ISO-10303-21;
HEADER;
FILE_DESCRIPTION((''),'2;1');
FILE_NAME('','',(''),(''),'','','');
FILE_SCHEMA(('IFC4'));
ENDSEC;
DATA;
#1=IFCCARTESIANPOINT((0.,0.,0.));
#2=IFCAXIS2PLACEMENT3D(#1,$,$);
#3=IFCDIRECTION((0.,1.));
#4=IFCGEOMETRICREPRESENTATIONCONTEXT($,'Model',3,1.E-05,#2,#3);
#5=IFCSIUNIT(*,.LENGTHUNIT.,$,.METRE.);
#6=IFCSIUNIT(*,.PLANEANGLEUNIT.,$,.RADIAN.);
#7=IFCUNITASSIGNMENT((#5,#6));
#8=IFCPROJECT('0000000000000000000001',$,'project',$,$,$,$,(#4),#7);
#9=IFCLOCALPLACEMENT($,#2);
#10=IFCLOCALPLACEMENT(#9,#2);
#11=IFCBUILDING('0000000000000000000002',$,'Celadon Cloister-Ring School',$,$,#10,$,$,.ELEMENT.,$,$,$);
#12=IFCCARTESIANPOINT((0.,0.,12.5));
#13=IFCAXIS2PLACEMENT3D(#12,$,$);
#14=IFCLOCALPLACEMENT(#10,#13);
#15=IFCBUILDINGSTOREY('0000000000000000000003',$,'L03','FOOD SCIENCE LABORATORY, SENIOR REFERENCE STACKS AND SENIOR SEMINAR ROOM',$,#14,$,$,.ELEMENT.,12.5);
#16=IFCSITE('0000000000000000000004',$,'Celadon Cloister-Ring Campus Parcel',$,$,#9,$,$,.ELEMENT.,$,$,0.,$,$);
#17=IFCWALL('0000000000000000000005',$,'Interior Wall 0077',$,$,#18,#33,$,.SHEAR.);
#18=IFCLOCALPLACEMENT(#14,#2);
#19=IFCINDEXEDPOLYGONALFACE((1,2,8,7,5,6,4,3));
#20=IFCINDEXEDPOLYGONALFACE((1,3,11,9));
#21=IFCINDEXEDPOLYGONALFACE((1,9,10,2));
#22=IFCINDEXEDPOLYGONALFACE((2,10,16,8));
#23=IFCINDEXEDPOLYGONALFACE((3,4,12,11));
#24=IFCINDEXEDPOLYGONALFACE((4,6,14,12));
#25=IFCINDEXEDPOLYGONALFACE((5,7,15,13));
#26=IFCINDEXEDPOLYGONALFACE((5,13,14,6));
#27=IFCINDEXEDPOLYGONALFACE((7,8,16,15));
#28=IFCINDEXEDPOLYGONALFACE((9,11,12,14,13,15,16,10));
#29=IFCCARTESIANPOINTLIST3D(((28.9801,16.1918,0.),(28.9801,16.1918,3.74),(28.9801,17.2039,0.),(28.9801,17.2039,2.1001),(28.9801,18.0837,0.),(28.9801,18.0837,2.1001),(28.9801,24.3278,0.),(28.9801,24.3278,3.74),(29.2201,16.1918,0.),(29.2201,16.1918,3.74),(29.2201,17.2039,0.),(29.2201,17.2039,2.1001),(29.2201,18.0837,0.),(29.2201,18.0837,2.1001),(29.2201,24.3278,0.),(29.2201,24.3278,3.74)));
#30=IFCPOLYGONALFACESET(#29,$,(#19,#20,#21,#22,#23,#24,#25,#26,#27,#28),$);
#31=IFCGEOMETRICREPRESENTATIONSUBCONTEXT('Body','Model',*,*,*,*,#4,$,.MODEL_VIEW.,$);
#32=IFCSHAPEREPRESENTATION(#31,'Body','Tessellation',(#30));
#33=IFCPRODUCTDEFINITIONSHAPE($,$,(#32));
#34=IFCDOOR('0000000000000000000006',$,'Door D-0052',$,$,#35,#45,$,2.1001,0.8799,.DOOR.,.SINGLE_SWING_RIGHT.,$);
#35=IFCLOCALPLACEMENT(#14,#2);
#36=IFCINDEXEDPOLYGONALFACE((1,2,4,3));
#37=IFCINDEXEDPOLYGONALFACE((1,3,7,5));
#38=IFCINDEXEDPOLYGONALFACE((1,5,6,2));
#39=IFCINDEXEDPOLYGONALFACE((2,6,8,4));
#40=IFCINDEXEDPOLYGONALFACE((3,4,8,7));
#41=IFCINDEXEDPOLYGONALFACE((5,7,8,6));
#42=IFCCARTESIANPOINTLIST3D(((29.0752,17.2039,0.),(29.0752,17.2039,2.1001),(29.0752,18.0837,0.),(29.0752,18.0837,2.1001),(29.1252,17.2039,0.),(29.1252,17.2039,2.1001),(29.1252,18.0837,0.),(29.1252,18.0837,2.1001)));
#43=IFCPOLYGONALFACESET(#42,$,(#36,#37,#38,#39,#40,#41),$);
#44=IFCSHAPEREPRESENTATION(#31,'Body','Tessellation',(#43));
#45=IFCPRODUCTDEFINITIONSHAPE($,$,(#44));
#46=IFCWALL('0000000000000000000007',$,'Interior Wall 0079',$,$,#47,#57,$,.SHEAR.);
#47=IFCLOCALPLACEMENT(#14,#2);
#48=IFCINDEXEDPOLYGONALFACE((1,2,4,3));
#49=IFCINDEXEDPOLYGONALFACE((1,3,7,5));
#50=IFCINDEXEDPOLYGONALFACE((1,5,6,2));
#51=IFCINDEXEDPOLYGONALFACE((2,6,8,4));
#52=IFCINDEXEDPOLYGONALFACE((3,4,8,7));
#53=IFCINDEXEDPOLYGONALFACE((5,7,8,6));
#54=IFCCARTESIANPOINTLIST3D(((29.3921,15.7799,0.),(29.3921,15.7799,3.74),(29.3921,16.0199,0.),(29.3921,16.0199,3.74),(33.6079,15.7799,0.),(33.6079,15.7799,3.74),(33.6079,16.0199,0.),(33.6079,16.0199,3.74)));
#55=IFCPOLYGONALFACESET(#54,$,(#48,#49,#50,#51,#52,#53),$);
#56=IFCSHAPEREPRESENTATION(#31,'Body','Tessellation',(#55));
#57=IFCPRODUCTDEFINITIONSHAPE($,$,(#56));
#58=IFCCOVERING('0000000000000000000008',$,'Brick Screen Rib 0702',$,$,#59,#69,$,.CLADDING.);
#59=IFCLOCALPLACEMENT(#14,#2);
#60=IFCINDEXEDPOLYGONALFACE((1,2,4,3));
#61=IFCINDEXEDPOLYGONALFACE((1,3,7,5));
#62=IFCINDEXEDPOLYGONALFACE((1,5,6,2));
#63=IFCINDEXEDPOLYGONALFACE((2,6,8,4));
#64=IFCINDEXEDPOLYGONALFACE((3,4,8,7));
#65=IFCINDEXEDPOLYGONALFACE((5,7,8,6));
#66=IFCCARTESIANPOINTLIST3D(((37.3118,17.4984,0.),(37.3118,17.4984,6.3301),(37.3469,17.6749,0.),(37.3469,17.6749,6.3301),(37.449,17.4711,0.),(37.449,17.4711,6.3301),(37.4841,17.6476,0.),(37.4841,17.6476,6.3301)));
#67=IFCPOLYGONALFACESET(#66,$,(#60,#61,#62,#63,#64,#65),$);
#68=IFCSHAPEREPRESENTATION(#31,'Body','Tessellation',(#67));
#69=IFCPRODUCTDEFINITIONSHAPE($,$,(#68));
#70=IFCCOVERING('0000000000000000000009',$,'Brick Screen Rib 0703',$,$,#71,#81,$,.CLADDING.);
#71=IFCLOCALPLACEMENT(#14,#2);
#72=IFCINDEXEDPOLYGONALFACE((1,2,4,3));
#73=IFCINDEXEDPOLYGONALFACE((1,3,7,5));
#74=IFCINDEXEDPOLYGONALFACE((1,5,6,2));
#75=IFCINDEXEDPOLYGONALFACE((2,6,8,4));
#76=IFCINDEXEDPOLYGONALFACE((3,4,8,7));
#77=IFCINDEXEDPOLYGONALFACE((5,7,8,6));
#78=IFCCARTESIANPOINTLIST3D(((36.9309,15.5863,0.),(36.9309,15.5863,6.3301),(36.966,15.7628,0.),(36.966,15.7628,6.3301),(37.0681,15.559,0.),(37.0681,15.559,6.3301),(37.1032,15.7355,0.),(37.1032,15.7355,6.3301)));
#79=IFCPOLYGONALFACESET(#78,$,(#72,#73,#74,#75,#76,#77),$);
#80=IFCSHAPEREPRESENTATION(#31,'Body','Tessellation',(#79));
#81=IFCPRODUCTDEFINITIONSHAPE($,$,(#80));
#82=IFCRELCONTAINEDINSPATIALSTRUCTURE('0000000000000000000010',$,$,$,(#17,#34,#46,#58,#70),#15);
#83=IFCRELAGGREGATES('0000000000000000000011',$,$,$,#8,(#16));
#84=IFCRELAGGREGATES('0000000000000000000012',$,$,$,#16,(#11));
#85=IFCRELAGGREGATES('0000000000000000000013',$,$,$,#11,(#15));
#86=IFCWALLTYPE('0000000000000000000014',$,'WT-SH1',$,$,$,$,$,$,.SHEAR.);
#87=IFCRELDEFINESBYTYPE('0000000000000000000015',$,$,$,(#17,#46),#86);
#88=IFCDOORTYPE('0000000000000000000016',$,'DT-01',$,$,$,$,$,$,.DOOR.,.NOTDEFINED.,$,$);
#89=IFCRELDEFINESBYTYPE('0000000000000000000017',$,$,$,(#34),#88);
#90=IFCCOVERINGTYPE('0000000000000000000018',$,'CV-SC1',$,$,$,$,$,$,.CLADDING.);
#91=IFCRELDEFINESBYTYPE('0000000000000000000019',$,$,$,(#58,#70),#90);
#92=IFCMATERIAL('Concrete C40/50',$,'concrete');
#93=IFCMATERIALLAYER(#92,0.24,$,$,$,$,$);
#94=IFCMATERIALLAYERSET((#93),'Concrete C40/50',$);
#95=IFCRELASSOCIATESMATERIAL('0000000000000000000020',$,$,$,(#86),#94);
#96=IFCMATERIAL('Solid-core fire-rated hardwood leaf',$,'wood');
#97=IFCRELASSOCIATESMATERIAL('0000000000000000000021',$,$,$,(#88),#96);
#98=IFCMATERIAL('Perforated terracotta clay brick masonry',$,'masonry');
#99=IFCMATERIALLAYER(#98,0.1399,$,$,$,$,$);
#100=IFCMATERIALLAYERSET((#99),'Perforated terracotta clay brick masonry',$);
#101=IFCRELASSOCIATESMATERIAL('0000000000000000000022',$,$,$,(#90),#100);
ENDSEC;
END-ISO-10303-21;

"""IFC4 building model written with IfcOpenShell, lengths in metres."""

from ifc_helpers import new_model, si_unit, direction, frame, frame_2d, origin, origin_2d, place, context, subcontext, project, spatial, rectangle, extrude, material, layer, layer_set, type_object, element, fill, save


model = new_model("IFC4")

# Units and contexts
model_context = context("Model", 3, precision=1e-05, world=origin(), true_north=direction((0.0, 1.0)))
body_context = subcontext(model_context, "Body", "Model", "MODEL_VIEW")
ifc_project = project(units=[si_unit("LENGTHUNIT", "METRE"), si_unit("PLANEANGLEUNIT", "RADIAN")], contexts=[model_context])

# Site, building, storey
site_placement = place(None, origin())
site = spatial("IfcSite", under=ifc_project, at=site_placement, Name="Celadon Cloister-Ring Campus Parcel", CompositionType="ELEMENT", RefElevation=0.0)
building_placement = place(site_placement, origin())
building = spatial("IfcBuilding", under=site, at=building_placement, Name="Celadon Cloister-Ring School", CompositionType="ELEMENT")
storey_placement = place(building_placement, frame((0.0, 0.0, 12.5)))
storey = spatial("IfcBuildingStorey", under=building, at=storey_placement, Name="L03", Description="FOOD SCIENCE LABORATORY, SENIOR REFERENCE STACKS AND SENIOR SEMINAR ROOM", CompositionType="ELEMENT", Elevation=12.5)

# Wall, opening, door
ifc_material_1 = material(Name="Concrete C40/50", Category="concrete")
ifc_layer_1 = layer(ifc_material_1, 0.24)
ifc_layer_set_1 = layer_set([ifc_layer_1], Name="Concrete C40/50")
wall_type_1 = type_object("IfcWallType", Name="WT-SH1", PredefinedType="SHEAR", material=ifc_layer_set_1)
wall_1_placement = place(storey_placement, frame((29.1001, 16.1919, 0.0), z_axis=(0.0, 0.0, 1.0), x_axis=(0.0, 1.0, 0.0)))
wall_1 = element("IfcWall", 1, at=wall_1_placement, inside=storey, type_object=wall_type_1, Name="Interior Wall 0077", PredefinedType="SHEAR", context=body_context, shape_type="SweptSolid", body=[
    extrude(rectangle(XDim=8.136, YDim=0.24, at=frame_2d((4.0679, 0.0))), origin(), (0.0, 0.0, 1.0), 3.74),
])
opening_1_placement = place(wall_1_placement, frame((1.012, 0.0, 0.0)))
opening_1 = element("IfcOpeningElement", 2, at=opening_1_placement, cuts=wall_1, PredefinedType="OPENING", context=body_context, shape_type="SweptSolid", body=[
    extrude(rectangle(XDim=0.8799, YDim=2.1001, at=frame_2d((0.4399, 1.05))), frame((0.0, 0.1299, 0.0), z_axis=(0.0, -1.0, 0.0), x_axis=(1.0, 0.0, 0.0)), (0.0, 0.0, 1.0), 0.26),
])
ifc_material_2 = material(Name="Solid-core fire-rated hardwood leaf", Category="wood")
door_type = type_object("IfcDoorType", Name="DT-01", OperationType="NOTDEFINED", PredefinedType="DOOR", material=ifc_material_2)
door_placement = place(opening_1_placement, origin())
door = element("IfcDoor", 3, at=door_placement, inside=storey, type_object=door_type, Name="Door D-0052", OperationType="SINGLE_SWING_RIGHT", OverallHeight=2.1001, OverallWidth=0.8799, PredefinedType="DOOR", context=body_context, shape_type="SweptSolid", body=[
    extrude(rectangle(XDim=0.8799, YDim=2.1001, at=frame_2d((0.4399, 1.05))), frame((0.0, 0.0249, 0.0), z_axis=(0.0, -1.0, 0.0), x_axis=(1.0, 0.0, 0.0)), (0.0, 0.0, 1.0), 0.05),
])
fill(opening_1, door)

# Wall
wall_2_placement = place(storey_placement, frame((33.6079, 15.8999, 0.0), z_axis=(0.0, 0.0, 1.0), x_axis=(-1.0, 0.0, 0.0)))
element("IfcWall", 4, at=wall_2_placement, inside=storey, type_object=wall_type_1, Name="Interior Wall 0079", PredefinedType="SHEAR", context=body_context, shape_type="SweptSolid", body=[
    extrude(rectangle(XDim=4.2158, YDim=0.24, at=frame_2d((2.1079, 0.0))), origin(), (0.0, 0.0, 1.0), 3.74),
])

# Coverings
ifc_material_3 = material(Name="Perforated terracotta clay brick masonry", Category="masonry")
ifc_layer_2 = layer(ifc_material_3, 0.1399)
ifc_layer_set_2 = layer_set([ifc_layer_2], Name="Perforated terracotta clay brick masonry")
covering_type = type_object("IfcCoveringType", Name="CV-SC1", PredefinedType="CLADDING", material=ifc_layer_set_2)
for number, where, z_axis, x_axis, name in (
    (5, (37.3979, 17.573, 0.0), (0.0, 0.0, 1.0), (-0.195142, -0.980775, 0.0), "Brick Screen Rib 0702"),
    (6, (37.0171, 15.6609, 0.0), (0.0, 0.0, 1.0), (-0.195142, -0.980775, 0.0), "Brick Screen Rib 0703"),
):
    element("IfcCovering", number, at=place(storey_placement, frame(where, z_axis=z_axis, x_axis=x_axis)), inside=storey, type_object=covering_type, Name=name, PredefinedType="CLADDING", context=body_context, shape_type="SweptSolid", body=[
        extrude(rectangle(XDim=0.1799, YDim=0.1399, at=origin_2d()), origin(), (0.0, 0.0, 1.0), 6.3301),
    ])

save(model, "model.ifc")
